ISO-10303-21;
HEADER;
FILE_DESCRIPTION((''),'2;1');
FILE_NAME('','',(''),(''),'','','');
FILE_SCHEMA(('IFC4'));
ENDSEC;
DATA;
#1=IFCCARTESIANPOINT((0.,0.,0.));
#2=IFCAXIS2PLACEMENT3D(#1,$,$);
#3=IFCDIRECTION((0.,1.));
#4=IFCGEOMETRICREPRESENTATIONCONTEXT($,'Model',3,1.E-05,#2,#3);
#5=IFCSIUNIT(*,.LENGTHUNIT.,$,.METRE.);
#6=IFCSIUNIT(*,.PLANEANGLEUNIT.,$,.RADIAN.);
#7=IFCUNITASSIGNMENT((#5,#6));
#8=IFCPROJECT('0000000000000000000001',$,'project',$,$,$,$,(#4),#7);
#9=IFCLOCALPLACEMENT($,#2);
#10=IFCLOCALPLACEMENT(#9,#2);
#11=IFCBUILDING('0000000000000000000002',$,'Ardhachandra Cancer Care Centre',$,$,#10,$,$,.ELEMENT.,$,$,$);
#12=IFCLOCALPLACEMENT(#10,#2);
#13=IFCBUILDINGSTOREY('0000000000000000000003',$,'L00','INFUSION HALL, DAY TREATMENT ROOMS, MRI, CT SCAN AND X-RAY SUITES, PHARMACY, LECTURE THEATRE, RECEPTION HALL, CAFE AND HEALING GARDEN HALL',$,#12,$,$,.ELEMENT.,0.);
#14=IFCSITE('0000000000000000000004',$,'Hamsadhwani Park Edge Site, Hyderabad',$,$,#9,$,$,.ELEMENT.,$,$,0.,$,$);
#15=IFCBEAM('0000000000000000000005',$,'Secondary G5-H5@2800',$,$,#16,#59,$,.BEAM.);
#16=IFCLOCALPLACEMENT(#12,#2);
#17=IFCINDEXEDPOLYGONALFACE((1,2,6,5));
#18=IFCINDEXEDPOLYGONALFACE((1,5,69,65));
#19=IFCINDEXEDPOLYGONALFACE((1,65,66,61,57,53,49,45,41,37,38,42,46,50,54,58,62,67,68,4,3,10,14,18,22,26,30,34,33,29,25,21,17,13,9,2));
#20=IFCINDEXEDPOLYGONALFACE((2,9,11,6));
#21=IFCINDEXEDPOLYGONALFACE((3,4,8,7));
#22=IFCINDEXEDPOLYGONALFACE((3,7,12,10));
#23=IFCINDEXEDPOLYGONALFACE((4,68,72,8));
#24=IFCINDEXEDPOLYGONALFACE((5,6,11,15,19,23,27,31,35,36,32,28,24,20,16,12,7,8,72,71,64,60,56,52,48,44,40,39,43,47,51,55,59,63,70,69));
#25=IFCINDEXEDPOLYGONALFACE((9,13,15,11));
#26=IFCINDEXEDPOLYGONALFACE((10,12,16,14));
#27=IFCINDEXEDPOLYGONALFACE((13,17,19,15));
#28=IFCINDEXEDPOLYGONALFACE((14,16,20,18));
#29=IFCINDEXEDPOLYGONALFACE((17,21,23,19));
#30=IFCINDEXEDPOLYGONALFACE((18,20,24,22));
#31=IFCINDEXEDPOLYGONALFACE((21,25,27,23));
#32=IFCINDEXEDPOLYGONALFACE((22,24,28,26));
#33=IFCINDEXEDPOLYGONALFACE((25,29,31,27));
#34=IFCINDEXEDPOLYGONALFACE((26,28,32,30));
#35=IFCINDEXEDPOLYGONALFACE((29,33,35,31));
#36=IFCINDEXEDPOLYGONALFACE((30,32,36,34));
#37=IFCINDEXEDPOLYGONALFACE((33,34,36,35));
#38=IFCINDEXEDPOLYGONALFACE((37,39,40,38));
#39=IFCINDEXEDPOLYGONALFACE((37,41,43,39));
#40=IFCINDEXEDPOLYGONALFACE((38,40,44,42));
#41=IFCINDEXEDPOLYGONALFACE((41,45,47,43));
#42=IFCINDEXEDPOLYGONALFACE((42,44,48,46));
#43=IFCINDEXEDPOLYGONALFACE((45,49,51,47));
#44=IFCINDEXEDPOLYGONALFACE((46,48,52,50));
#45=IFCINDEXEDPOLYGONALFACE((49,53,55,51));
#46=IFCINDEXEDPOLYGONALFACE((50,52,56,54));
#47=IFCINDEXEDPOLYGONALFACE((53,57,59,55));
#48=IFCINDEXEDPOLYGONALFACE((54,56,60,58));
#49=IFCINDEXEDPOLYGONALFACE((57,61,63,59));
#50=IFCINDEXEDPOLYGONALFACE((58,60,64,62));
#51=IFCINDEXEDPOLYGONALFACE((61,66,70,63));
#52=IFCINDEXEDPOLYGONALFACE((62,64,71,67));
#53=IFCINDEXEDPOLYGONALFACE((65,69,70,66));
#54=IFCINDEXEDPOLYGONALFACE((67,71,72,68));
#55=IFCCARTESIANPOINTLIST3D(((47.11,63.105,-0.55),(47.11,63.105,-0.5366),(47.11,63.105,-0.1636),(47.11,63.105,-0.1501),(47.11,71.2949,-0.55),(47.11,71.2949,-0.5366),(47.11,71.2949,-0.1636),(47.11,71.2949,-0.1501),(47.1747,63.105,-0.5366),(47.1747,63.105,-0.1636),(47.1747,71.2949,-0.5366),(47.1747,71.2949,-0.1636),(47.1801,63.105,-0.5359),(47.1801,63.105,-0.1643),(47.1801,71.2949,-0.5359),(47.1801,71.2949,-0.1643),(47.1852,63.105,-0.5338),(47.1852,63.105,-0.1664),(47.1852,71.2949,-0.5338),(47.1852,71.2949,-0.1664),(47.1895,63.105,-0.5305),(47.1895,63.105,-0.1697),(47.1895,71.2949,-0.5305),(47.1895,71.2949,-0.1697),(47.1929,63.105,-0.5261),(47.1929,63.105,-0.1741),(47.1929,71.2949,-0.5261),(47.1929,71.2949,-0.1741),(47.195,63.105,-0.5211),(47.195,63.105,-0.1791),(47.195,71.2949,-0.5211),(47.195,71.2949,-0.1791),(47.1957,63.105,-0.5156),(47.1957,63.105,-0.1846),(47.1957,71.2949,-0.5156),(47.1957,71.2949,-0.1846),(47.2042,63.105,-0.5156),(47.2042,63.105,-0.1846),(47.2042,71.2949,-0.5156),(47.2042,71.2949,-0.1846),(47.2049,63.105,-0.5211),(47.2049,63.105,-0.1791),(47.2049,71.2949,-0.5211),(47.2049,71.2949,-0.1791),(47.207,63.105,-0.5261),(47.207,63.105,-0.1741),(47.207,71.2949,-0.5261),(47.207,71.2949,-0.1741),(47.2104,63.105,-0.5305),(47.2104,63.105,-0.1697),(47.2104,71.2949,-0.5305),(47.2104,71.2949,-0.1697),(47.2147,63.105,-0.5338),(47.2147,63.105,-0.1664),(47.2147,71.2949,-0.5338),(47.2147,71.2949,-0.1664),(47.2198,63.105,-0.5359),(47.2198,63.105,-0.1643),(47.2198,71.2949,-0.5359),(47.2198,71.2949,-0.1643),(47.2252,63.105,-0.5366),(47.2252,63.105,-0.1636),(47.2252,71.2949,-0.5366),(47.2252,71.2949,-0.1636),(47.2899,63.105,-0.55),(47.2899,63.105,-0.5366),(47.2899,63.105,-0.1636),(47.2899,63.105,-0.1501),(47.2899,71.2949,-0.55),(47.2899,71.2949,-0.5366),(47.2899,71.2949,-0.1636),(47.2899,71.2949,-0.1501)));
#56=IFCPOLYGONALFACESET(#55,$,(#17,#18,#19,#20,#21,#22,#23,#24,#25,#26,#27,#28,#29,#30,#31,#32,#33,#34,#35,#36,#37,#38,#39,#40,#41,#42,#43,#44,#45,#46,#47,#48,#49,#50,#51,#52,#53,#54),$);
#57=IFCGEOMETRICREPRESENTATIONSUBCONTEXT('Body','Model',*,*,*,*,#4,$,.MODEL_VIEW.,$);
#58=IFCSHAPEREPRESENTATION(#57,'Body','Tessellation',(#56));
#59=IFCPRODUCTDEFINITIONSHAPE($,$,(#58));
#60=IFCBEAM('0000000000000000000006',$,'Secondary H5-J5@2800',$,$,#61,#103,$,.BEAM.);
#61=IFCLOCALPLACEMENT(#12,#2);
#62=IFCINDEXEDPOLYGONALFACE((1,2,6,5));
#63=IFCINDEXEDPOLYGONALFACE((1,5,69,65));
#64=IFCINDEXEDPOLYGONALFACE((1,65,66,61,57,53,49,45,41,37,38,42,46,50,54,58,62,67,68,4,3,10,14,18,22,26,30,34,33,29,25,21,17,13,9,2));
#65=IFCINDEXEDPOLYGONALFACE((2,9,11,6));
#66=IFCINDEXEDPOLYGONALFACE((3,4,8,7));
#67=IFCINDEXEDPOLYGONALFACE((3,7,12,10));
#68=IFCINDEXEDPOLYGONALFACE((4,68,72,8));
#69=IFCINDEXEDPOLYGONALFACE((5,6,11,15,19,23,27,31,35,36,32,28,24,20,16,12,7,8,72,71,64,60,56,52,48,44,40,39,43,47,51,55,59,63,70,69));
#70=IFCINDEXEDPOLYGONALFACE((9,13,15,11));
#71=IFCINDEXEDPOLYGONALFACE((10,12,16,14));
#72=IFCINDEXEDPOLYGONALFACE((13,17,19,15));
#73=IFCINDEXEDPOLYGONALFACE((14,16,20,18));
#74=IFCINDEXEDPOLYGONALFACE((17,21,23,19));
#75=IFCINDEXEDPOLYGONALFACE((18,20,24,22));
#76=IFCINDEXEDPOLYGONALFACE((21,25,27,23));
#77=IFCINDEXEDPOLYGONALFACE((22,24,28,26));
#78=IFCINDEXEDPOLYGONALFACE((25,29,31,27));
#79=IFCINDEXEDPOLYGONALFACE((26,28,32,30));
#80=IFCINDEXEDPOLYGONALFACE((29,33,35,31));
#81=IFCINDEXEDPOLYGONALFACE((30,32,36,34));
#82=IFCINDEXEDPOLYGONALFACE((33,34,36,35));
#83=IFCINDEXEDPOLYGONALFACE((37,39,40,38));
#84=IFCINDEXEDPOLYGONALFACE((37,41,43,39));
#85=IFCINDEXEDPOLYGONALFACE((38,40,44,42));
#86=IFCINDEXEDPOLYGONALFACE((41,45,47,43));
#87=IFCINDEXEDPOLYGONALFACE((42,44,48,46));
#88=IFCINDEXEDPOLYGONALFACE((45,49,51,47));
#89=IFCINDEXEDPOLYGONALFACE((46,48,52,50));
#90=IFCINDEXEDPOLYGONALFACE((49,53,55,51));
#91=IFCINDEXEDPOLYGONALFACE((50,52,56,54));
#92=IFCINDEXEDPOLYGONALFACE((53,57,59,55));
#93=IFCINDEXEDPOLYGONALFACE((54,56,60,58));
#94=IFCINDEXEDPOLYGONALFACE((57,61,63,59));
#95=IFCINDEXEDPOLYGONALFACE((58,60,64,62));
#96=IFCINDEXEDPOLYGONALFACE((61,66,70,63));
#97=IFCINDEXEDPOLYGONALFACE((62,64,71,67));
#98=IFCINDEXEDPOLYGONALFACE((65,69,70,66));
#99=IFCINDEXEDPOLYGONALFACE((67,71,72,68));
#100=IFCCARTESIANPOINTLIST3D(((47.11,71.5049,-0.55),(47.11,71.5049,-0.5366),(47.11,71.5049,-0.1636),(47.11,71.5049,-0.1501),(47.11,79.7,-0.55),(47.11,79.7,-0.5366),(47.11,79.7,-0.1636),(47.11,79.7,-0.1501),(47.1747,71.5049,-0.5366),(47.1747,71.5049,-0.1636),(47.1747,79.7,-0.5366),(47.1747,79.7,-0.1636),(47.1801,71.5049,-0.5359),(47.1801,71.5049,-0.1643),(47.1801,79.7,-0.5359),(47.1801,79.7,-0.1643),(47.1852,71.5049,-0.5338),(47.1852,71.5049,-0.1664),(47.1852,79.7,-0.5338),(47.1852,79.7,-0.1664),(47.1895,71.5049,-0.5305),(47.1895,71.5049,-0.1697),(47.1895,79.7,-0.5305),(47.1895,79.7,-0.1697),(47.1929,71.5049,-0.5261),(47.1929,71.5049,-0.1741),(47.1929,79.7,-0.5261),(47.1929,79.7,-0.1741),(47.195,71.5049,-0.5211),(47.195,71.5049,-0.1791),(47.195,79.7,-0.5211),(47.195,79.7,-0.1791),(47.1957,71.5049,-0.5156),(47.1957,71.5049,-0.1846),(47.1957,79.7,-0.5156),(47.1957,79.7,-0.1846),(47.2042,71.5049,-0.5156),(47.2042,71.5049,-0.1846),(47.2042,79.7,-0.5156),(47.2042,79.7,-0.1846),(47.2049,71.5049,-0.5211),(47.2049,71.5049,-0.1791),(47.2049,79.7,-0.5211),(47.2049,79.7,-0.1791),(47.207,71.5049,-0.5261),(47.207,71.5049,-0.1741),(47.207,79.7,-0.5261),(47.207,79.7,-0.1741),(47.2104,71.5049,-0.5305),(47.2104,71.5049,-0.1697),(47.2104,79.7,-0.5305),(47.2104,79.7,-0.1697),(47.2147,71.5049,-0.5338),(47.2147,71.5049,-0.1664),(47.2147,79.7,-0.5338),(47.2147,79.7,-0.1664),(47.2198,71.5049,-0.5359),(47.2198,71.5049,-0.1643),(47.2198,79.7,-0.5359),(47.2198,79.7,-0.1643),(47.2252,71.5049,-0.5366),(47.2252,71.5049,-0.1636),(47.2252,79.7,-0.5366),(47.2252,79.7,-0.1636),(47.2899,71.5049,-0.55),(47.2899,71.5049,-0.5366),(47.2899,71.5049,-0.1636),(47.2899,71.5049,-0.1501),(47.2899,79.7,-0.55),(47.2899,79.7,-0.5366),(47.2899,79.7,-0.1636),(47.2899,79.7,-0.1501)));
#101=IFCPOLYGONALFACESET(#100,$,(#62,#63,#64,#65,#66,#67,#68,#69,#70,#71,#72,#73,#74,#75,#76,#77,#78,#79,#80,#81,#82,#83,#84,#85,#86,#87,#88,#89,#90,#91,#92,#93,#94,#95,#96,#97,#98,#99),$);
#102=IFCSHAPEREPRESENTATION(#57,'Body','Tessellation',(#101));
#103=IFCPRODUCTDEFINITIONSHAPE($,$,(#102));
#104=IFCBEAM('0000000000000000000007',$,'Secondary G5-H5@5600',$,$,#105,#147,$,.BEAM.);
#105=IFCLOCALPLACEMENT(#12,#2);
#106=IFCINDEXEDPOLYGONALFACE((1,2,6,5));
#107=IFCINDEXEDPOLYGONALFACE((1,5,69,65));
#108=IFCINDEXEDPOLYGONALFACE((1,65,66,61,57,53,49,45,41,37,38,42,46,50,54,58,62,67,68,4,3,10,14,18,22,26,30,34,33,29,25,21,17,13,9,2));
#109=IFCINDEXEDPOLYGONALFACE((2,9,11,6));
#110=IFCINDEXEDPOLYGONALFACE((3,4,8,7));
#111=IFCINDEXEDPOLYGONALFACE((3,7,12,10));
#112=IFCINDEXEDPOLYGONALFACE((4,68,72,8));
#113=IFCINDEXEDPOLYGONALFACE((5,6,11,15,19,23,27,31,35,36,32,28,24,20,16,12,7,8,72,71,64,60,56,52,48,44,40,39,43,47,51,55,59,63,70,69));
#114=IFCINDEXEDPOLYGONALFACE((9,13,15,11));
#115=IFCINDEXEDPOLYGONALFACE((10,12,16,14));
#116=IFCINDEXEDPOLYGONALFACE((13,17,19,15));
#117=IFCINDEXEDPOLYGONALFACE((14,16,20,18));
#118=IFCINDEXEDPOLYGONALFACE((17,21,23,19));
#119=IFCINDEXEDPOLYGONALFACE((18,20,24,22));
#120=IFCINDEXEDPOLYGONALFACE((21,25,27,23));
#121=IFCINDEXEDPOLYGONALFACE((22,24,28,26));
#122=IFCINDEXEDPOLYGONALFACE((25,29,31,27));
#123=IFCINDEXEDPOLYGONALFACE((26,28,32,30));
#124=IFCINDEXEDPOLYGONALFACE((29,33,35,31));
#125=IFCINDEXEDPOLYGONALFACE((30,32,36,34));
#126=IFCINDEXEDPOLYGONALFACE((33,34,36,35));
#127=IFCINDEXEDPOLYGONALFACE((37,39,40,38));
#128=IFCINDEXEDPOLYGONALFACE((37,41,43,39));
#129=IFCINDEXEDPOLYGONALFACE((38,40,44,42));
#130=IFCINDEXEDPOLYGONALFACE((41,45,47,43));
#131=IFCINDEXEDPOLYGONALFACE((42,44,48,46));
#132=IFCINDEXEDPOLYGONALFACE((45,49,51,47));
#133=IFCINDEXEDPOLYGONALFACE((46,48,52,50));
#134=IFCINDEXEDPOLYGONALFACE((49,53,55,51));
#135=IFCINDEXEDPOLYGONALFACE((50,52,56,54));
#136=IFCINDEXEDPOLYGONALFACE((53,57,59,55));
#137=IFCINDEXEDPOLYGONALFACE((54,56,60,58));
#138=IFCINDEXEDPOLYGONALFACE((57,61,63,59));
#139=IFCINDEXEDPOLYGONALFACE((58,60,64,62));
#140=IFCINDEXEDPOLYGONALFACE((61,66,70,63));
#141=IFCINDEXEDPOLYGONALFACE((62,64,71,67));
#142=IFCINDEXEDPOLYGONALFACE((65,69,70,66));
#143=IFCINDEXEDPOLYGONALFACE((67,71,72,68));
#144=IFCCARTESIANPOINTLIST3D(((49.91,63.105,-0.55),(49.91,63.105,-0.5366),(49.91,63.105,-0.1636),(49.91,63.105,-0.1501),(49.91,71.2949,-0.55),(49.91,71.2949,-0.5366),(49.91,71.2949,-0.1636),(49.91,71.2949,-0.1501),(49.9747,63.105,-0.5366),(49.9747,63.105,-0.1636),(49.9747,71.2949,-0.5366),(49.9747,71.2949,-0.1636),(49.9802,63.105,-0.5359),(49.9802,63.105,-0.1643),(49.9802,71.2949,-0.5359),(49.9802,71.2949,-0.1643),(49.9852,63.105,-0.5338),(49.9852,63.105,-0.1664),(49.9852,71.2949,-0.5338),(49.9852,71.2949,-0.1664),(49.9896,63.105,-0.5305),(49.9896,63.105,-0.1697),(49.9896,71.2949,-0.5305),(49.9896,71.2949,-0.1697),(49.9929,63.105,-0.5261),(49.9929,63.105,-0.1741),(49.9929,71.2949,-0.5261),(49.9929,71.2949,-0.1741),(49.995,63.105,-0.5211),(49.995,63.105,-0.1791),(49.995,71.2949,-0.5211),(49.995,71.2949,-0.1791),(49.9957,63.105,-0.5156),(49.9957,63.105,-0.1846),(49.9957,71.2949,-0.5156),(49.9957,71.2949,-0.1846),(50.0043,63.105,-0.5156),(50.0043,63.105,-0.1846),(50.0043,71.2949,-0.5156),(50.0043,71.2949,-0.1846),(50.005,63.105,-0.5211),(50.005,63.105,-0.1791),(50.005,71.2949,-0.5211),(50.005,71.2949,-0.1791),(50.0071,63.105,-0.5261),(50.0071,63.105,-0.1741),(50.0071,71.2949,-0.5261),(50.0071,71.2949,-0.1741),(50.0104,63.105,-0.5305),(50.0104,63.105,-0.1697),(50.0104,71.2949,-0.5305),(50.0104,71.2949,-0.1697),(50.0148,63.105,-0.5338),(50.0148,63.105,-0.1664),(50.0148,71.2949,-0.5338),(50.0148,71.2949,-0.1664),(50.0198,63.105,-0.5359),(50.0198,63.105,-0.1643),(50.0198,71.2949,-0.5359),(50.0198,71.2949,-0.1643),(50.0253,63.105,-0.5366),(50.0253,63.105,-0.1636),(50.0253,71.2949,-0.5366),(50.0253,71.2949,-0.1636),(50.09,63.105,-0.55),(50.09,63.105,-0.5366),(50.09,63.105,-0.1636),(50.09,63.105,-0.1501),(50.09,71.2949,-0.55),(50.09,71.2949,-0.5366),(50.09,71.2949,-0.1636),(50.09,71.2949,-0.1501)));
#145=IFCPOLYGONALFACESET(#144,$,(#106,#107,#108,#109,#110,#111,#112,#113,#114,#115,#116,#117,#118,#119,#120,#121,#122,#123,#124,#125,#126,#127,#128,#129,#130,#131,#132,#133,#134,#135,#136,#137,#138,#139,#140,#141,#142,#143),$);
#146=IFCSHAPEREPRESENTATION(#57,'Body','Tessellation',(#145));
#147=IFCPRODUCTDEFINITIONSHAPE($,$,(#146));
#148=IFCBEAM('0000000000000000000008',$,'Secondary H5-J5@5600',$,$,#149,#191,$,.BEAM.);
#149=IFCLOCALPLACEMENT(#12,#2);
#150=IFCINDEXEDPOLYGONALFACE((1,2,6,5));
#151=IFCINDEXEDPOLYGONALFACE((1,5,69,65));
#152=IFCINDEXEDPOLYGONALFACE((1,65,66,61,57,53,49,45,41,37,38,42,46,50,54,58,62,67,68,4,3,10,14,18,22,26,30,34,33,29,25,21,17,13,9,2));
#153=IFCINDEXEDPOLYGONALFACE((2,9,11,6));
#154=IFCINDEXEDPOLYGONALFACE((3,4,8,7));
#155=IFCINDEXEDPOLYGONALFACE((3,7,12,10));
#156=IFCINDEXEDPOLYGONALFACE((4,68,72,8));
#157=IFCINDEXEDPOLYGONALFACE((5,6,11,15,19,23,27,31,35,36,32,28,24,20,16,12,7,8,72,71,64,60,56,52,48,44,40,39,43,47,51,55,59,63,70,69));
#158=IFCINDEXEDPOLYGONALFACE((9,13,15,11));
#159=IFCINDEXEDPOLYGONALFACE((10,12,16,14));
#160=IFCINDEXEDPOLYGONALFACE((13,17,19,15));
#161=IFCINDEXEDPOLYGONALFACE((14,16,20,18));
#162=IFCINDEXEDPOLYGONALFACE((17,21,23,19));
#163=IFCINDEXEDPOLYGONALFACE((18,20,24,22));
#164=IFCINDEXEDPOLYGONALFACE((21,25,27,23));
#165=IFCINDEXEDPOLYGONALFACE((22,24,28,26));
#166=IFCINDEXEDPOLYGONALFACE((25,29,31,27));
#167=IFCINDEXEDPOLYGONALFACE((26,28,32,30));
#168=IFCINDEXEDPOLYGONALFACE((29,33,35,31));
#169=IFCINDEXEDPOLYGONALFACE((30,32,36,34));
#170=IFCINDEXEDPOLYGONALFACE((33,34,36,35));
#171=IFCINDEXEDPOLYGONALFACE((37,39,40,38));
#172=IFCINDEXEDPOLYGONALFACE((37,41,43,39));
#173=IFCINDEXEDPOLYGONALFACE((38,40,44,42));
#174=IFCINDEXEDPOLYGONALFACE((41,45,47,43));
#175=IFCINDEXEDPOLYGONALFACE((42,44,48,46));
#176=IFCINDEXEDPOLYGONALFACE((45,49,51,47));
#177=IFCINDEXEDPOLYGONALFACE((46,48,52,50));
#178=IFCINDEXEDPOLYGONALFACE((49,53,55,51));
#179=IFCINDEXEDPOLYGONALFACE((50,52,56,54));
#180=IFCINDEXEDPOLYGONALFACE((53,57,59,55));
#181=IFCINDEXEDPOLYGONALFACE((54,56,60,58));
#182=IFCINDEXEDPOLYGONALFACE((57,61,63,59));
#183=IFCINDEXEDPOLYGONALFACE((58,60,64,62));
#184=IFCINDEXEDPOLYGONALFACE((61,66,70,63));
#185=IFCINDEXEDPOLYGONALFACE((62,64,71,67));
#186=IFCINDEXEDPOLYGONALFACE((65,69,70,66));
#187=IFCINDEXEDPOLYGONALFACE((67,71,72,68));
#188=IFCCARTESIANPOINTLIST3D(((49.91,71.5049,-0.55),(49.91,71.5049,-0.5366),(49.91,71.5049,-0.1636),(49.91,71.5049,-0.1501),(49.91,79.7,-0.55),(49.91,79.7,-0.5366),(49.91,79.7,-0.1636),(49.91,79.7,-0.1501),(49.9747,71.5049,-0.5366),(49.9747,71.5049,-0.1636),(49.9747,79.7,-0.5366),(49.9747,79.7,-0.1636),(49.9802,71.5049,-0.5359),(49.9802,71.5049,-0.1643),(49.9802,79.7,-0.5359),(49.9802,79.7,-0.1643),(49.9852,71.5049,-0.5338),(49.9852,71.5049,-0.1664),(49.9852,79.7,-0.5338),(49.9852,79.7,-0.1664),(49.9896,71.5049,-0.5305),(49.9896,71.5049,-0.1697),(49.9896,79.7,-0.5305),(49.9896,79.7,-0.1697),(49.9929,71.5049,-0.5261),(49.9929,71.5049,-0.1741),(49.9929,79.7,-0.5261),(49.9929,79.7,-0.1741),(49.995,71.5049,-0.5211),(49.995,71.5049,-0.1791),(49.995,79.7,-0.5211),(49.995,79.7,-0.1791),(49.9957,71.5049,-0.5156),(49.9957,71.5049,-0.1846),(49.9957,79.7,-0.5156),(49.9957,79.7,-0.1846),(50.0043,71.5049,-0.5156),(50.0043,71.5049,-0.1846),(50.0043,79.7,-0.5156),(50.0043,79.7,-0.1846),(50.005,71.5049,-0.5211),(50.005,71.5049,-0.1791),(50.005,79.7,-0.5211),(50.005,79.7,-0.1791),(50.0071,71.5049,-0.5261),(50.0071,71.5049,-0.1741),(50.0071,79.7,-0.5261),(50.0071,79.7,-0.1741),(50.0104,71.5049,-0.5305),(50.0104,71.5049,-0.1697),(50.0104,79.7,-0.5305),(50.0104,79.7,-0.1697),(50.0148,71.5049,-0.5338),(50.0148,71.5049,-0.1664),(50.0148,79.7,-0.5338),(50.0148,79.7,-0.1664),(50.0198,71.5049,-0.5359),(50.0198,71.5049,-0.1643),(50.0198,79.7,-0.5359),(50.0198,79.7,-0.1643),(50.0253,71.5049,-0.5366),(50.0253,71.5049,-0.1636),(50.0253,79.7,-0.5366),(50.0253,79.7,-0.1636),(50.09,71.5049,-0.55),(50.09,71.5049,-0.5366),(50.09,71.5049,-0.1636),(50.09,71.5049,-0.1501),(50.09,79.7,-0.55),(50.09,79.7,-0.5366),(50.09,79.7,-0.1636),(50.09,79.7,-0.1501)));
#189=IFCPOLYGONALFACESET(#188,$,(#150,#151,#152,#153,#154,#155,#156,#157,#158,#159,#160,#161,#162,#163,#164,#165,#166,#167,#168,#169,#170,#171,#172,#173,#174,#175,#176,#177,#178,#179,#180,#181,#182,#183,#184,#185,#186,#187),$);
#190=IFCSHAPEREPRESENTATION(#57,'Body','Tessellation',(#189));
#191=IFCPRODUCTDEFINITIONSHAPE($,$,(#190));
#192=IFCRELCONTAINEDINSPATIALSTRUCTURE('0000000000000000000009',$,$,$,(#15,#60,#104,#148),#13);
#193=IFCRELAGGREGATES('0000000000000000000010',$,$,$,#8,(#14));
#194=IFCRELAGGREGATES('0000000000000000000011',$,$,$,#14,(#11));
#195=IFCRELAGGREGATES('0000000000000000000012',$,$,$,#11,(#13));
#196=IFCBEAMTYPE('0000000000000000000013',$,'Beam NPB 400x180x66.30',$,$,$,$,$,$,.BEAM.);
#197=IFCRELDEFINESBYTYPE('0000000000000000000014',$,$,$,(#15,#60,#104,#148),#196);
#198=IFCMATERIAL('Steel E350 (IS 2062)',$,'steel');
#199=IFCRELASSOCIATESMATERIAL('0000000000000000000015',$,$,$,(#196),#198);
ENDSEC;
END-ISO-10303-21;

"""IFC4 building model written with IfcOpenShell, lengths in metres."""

from ifc_helpers import new_model, si_unit, direction, frame, origin, origin_2d, place, context, subcontext, project, spatial, i_section, extrude, material, material_profile, profile_set, type_object, element, save


model = new_model("IFC4")

# Units and contexts
model_context = context("Model", 3, precision=1e-05, world=origin(), true_north=direction((0.0, 1.0)))
body_context = subcontext(model_context, "Body", "Model", "MODEL_VIEW")
ifc_project = project(units=[si_unit("LENGTHUNIT", "METRE"), si_unit("PLANEANGLEUNIT", "RADIAN")], contexts=[model_context])

# Site, building, storey
site_placement = place(None, origin())
site = spatial("IfcSite", under=ifc_project, at=site_placement, Name="Hamsadhwani Park Edge Site, Hyderabad", CompositionType="ELEMENT", RefElevation=0.0)
building_placement = place(site_placement, origin())
building = spatial("IfcBuilding", under=site, at=building_placement, Name="Ardhachandra Cancer Care Centre", CompositionType="ELEMENT")
storey_placement = place(building_placement, origin())
storey = spatial("IfcBuildingStorey", under=building, at=storey_placement, Name="L00", Description="INFUSION HALL, DAY TREATMENT ROOMS, MRI, CT SCAN AND X-RAY SUITES, PHARMACY, LECTURE THEATRE, RECEPTION HALL, CAFE AND HEALING GARDEN HALL", CompositionType="ELEMENT", Elevation=0.0)

# Beams
ifc_material_1 = material(Name="Steel E350 (IS 2062)", Category="steel")
ifc_material_profile_1 = material_profile(ifc_material_1, i_section(OverallWidth=0.1799, OverallDepth=0.3999, WebThickness=0.0085, FlangeThickness=0.0134, FilletRadius=0.021, at=origin_2d()), Name="NPB 400x180x66.30")
ifc_profile_set_1 = profile_set([ifc_material_profile_1], Name="Steel E350 (IS 2062)")
beam_type_1 = type_object("IfcBeamType", Name="Beam NPB 400x180x66.30", PredefinedType="BEAM", material=ifc_profile_set_1)
beam_1_placement = place(storey_placement, frame((47.2, 63.105, -0.3501), z_axis=(0.0, 1.0, 0.0), x_axis=(-1.0, 0.0, 0.0)))
element("IfcBeam", 1, at=beam_1_placement, inside=storey, type_object=beam_type_1, Name="Secondary G5-H5@2800", PredefinedType="BEAM", context=body_context, shape_type="SweptSolid", body=[
    extrude(i_section(OverallWidth=0.1799, OverallDepth=0.3999, WebThickness=0.0085, FlangeThickness=0.0134, FilletRadius=0.021, at=origin_2d()), origin(), (0.0, 0.0, 1.0), 8.1899),
])
beam_2_placement = place(storey_placement, frame((47.2, 71.5049, -0.3501), z_axis=(0.0, 1.0, 0.0), x_axis=(-1.0, 0.0, 0.0)))
element("IfcBeam", 2, at=beam_2_placement, inside=storey, type_object=beam_type_1, Name="Secondary H5-J5@2800", PredefinedType="BEAM", context=body_context, shape_type="SweptSolid", body=[
    extrude(i_section(OverallWidth=0.1799, OverallDepth=0.3999, WebThickness=0.0085, FlangeThickness=0.0134, FilletRadius=0.021, at=origin_2d()), origin(), (0.0, 0.0, 1.0), 8.1951),
])
beam_3_placement = place(storey_placement, frame((50.0, 63.105, -0.3501), z_axis=(0.0, 1.0, 0.0), x_axis=(-1.0, 0.0, 0.0)))
element("IfcBeam", 3, at=beam_3_placement, inside=storey, type_object=beam_type_1, Name="Secondary G5-H5@5600", PredefinedType="BEAM", context=body_context, shape_type="SweptSolid", body=[
    extrude(i_section(OverallWidth=0.1799, OverallDepth=0.3999, WebThickness=0.0085, FlangeThickness=0.0134, FilletRadius=0.021, at=origin_2d()), origin(), (0.0, 0.0, 1.0), 8.1899),
])
beam_4_placement = place(storey_placement, frame((50.0, 71.5049, -0.3501), z_axis=(0.0, 1.0, 0.0), x_axis=(-1.0, 0.0, 0.0)))
element("IfcBeam", 4, at=beam_4_placement, inside=storey, type_object=beam_type_1, Name="Secondary H5-J5@5600", PredefinedType="BEAM", context=body_context, shape_type="SweptSolid", body=[
    extrude(i_section(OverallWidth=0.1799, OverallDepth=0.3999, WebThickness=0.0085, FlangeThickness=0.0134, FilletRadius=0.021, at=origin_2d()), origin(), (0.0, 0.0, 1.0), 8.1951),
])

save(model, "model.ifc")
